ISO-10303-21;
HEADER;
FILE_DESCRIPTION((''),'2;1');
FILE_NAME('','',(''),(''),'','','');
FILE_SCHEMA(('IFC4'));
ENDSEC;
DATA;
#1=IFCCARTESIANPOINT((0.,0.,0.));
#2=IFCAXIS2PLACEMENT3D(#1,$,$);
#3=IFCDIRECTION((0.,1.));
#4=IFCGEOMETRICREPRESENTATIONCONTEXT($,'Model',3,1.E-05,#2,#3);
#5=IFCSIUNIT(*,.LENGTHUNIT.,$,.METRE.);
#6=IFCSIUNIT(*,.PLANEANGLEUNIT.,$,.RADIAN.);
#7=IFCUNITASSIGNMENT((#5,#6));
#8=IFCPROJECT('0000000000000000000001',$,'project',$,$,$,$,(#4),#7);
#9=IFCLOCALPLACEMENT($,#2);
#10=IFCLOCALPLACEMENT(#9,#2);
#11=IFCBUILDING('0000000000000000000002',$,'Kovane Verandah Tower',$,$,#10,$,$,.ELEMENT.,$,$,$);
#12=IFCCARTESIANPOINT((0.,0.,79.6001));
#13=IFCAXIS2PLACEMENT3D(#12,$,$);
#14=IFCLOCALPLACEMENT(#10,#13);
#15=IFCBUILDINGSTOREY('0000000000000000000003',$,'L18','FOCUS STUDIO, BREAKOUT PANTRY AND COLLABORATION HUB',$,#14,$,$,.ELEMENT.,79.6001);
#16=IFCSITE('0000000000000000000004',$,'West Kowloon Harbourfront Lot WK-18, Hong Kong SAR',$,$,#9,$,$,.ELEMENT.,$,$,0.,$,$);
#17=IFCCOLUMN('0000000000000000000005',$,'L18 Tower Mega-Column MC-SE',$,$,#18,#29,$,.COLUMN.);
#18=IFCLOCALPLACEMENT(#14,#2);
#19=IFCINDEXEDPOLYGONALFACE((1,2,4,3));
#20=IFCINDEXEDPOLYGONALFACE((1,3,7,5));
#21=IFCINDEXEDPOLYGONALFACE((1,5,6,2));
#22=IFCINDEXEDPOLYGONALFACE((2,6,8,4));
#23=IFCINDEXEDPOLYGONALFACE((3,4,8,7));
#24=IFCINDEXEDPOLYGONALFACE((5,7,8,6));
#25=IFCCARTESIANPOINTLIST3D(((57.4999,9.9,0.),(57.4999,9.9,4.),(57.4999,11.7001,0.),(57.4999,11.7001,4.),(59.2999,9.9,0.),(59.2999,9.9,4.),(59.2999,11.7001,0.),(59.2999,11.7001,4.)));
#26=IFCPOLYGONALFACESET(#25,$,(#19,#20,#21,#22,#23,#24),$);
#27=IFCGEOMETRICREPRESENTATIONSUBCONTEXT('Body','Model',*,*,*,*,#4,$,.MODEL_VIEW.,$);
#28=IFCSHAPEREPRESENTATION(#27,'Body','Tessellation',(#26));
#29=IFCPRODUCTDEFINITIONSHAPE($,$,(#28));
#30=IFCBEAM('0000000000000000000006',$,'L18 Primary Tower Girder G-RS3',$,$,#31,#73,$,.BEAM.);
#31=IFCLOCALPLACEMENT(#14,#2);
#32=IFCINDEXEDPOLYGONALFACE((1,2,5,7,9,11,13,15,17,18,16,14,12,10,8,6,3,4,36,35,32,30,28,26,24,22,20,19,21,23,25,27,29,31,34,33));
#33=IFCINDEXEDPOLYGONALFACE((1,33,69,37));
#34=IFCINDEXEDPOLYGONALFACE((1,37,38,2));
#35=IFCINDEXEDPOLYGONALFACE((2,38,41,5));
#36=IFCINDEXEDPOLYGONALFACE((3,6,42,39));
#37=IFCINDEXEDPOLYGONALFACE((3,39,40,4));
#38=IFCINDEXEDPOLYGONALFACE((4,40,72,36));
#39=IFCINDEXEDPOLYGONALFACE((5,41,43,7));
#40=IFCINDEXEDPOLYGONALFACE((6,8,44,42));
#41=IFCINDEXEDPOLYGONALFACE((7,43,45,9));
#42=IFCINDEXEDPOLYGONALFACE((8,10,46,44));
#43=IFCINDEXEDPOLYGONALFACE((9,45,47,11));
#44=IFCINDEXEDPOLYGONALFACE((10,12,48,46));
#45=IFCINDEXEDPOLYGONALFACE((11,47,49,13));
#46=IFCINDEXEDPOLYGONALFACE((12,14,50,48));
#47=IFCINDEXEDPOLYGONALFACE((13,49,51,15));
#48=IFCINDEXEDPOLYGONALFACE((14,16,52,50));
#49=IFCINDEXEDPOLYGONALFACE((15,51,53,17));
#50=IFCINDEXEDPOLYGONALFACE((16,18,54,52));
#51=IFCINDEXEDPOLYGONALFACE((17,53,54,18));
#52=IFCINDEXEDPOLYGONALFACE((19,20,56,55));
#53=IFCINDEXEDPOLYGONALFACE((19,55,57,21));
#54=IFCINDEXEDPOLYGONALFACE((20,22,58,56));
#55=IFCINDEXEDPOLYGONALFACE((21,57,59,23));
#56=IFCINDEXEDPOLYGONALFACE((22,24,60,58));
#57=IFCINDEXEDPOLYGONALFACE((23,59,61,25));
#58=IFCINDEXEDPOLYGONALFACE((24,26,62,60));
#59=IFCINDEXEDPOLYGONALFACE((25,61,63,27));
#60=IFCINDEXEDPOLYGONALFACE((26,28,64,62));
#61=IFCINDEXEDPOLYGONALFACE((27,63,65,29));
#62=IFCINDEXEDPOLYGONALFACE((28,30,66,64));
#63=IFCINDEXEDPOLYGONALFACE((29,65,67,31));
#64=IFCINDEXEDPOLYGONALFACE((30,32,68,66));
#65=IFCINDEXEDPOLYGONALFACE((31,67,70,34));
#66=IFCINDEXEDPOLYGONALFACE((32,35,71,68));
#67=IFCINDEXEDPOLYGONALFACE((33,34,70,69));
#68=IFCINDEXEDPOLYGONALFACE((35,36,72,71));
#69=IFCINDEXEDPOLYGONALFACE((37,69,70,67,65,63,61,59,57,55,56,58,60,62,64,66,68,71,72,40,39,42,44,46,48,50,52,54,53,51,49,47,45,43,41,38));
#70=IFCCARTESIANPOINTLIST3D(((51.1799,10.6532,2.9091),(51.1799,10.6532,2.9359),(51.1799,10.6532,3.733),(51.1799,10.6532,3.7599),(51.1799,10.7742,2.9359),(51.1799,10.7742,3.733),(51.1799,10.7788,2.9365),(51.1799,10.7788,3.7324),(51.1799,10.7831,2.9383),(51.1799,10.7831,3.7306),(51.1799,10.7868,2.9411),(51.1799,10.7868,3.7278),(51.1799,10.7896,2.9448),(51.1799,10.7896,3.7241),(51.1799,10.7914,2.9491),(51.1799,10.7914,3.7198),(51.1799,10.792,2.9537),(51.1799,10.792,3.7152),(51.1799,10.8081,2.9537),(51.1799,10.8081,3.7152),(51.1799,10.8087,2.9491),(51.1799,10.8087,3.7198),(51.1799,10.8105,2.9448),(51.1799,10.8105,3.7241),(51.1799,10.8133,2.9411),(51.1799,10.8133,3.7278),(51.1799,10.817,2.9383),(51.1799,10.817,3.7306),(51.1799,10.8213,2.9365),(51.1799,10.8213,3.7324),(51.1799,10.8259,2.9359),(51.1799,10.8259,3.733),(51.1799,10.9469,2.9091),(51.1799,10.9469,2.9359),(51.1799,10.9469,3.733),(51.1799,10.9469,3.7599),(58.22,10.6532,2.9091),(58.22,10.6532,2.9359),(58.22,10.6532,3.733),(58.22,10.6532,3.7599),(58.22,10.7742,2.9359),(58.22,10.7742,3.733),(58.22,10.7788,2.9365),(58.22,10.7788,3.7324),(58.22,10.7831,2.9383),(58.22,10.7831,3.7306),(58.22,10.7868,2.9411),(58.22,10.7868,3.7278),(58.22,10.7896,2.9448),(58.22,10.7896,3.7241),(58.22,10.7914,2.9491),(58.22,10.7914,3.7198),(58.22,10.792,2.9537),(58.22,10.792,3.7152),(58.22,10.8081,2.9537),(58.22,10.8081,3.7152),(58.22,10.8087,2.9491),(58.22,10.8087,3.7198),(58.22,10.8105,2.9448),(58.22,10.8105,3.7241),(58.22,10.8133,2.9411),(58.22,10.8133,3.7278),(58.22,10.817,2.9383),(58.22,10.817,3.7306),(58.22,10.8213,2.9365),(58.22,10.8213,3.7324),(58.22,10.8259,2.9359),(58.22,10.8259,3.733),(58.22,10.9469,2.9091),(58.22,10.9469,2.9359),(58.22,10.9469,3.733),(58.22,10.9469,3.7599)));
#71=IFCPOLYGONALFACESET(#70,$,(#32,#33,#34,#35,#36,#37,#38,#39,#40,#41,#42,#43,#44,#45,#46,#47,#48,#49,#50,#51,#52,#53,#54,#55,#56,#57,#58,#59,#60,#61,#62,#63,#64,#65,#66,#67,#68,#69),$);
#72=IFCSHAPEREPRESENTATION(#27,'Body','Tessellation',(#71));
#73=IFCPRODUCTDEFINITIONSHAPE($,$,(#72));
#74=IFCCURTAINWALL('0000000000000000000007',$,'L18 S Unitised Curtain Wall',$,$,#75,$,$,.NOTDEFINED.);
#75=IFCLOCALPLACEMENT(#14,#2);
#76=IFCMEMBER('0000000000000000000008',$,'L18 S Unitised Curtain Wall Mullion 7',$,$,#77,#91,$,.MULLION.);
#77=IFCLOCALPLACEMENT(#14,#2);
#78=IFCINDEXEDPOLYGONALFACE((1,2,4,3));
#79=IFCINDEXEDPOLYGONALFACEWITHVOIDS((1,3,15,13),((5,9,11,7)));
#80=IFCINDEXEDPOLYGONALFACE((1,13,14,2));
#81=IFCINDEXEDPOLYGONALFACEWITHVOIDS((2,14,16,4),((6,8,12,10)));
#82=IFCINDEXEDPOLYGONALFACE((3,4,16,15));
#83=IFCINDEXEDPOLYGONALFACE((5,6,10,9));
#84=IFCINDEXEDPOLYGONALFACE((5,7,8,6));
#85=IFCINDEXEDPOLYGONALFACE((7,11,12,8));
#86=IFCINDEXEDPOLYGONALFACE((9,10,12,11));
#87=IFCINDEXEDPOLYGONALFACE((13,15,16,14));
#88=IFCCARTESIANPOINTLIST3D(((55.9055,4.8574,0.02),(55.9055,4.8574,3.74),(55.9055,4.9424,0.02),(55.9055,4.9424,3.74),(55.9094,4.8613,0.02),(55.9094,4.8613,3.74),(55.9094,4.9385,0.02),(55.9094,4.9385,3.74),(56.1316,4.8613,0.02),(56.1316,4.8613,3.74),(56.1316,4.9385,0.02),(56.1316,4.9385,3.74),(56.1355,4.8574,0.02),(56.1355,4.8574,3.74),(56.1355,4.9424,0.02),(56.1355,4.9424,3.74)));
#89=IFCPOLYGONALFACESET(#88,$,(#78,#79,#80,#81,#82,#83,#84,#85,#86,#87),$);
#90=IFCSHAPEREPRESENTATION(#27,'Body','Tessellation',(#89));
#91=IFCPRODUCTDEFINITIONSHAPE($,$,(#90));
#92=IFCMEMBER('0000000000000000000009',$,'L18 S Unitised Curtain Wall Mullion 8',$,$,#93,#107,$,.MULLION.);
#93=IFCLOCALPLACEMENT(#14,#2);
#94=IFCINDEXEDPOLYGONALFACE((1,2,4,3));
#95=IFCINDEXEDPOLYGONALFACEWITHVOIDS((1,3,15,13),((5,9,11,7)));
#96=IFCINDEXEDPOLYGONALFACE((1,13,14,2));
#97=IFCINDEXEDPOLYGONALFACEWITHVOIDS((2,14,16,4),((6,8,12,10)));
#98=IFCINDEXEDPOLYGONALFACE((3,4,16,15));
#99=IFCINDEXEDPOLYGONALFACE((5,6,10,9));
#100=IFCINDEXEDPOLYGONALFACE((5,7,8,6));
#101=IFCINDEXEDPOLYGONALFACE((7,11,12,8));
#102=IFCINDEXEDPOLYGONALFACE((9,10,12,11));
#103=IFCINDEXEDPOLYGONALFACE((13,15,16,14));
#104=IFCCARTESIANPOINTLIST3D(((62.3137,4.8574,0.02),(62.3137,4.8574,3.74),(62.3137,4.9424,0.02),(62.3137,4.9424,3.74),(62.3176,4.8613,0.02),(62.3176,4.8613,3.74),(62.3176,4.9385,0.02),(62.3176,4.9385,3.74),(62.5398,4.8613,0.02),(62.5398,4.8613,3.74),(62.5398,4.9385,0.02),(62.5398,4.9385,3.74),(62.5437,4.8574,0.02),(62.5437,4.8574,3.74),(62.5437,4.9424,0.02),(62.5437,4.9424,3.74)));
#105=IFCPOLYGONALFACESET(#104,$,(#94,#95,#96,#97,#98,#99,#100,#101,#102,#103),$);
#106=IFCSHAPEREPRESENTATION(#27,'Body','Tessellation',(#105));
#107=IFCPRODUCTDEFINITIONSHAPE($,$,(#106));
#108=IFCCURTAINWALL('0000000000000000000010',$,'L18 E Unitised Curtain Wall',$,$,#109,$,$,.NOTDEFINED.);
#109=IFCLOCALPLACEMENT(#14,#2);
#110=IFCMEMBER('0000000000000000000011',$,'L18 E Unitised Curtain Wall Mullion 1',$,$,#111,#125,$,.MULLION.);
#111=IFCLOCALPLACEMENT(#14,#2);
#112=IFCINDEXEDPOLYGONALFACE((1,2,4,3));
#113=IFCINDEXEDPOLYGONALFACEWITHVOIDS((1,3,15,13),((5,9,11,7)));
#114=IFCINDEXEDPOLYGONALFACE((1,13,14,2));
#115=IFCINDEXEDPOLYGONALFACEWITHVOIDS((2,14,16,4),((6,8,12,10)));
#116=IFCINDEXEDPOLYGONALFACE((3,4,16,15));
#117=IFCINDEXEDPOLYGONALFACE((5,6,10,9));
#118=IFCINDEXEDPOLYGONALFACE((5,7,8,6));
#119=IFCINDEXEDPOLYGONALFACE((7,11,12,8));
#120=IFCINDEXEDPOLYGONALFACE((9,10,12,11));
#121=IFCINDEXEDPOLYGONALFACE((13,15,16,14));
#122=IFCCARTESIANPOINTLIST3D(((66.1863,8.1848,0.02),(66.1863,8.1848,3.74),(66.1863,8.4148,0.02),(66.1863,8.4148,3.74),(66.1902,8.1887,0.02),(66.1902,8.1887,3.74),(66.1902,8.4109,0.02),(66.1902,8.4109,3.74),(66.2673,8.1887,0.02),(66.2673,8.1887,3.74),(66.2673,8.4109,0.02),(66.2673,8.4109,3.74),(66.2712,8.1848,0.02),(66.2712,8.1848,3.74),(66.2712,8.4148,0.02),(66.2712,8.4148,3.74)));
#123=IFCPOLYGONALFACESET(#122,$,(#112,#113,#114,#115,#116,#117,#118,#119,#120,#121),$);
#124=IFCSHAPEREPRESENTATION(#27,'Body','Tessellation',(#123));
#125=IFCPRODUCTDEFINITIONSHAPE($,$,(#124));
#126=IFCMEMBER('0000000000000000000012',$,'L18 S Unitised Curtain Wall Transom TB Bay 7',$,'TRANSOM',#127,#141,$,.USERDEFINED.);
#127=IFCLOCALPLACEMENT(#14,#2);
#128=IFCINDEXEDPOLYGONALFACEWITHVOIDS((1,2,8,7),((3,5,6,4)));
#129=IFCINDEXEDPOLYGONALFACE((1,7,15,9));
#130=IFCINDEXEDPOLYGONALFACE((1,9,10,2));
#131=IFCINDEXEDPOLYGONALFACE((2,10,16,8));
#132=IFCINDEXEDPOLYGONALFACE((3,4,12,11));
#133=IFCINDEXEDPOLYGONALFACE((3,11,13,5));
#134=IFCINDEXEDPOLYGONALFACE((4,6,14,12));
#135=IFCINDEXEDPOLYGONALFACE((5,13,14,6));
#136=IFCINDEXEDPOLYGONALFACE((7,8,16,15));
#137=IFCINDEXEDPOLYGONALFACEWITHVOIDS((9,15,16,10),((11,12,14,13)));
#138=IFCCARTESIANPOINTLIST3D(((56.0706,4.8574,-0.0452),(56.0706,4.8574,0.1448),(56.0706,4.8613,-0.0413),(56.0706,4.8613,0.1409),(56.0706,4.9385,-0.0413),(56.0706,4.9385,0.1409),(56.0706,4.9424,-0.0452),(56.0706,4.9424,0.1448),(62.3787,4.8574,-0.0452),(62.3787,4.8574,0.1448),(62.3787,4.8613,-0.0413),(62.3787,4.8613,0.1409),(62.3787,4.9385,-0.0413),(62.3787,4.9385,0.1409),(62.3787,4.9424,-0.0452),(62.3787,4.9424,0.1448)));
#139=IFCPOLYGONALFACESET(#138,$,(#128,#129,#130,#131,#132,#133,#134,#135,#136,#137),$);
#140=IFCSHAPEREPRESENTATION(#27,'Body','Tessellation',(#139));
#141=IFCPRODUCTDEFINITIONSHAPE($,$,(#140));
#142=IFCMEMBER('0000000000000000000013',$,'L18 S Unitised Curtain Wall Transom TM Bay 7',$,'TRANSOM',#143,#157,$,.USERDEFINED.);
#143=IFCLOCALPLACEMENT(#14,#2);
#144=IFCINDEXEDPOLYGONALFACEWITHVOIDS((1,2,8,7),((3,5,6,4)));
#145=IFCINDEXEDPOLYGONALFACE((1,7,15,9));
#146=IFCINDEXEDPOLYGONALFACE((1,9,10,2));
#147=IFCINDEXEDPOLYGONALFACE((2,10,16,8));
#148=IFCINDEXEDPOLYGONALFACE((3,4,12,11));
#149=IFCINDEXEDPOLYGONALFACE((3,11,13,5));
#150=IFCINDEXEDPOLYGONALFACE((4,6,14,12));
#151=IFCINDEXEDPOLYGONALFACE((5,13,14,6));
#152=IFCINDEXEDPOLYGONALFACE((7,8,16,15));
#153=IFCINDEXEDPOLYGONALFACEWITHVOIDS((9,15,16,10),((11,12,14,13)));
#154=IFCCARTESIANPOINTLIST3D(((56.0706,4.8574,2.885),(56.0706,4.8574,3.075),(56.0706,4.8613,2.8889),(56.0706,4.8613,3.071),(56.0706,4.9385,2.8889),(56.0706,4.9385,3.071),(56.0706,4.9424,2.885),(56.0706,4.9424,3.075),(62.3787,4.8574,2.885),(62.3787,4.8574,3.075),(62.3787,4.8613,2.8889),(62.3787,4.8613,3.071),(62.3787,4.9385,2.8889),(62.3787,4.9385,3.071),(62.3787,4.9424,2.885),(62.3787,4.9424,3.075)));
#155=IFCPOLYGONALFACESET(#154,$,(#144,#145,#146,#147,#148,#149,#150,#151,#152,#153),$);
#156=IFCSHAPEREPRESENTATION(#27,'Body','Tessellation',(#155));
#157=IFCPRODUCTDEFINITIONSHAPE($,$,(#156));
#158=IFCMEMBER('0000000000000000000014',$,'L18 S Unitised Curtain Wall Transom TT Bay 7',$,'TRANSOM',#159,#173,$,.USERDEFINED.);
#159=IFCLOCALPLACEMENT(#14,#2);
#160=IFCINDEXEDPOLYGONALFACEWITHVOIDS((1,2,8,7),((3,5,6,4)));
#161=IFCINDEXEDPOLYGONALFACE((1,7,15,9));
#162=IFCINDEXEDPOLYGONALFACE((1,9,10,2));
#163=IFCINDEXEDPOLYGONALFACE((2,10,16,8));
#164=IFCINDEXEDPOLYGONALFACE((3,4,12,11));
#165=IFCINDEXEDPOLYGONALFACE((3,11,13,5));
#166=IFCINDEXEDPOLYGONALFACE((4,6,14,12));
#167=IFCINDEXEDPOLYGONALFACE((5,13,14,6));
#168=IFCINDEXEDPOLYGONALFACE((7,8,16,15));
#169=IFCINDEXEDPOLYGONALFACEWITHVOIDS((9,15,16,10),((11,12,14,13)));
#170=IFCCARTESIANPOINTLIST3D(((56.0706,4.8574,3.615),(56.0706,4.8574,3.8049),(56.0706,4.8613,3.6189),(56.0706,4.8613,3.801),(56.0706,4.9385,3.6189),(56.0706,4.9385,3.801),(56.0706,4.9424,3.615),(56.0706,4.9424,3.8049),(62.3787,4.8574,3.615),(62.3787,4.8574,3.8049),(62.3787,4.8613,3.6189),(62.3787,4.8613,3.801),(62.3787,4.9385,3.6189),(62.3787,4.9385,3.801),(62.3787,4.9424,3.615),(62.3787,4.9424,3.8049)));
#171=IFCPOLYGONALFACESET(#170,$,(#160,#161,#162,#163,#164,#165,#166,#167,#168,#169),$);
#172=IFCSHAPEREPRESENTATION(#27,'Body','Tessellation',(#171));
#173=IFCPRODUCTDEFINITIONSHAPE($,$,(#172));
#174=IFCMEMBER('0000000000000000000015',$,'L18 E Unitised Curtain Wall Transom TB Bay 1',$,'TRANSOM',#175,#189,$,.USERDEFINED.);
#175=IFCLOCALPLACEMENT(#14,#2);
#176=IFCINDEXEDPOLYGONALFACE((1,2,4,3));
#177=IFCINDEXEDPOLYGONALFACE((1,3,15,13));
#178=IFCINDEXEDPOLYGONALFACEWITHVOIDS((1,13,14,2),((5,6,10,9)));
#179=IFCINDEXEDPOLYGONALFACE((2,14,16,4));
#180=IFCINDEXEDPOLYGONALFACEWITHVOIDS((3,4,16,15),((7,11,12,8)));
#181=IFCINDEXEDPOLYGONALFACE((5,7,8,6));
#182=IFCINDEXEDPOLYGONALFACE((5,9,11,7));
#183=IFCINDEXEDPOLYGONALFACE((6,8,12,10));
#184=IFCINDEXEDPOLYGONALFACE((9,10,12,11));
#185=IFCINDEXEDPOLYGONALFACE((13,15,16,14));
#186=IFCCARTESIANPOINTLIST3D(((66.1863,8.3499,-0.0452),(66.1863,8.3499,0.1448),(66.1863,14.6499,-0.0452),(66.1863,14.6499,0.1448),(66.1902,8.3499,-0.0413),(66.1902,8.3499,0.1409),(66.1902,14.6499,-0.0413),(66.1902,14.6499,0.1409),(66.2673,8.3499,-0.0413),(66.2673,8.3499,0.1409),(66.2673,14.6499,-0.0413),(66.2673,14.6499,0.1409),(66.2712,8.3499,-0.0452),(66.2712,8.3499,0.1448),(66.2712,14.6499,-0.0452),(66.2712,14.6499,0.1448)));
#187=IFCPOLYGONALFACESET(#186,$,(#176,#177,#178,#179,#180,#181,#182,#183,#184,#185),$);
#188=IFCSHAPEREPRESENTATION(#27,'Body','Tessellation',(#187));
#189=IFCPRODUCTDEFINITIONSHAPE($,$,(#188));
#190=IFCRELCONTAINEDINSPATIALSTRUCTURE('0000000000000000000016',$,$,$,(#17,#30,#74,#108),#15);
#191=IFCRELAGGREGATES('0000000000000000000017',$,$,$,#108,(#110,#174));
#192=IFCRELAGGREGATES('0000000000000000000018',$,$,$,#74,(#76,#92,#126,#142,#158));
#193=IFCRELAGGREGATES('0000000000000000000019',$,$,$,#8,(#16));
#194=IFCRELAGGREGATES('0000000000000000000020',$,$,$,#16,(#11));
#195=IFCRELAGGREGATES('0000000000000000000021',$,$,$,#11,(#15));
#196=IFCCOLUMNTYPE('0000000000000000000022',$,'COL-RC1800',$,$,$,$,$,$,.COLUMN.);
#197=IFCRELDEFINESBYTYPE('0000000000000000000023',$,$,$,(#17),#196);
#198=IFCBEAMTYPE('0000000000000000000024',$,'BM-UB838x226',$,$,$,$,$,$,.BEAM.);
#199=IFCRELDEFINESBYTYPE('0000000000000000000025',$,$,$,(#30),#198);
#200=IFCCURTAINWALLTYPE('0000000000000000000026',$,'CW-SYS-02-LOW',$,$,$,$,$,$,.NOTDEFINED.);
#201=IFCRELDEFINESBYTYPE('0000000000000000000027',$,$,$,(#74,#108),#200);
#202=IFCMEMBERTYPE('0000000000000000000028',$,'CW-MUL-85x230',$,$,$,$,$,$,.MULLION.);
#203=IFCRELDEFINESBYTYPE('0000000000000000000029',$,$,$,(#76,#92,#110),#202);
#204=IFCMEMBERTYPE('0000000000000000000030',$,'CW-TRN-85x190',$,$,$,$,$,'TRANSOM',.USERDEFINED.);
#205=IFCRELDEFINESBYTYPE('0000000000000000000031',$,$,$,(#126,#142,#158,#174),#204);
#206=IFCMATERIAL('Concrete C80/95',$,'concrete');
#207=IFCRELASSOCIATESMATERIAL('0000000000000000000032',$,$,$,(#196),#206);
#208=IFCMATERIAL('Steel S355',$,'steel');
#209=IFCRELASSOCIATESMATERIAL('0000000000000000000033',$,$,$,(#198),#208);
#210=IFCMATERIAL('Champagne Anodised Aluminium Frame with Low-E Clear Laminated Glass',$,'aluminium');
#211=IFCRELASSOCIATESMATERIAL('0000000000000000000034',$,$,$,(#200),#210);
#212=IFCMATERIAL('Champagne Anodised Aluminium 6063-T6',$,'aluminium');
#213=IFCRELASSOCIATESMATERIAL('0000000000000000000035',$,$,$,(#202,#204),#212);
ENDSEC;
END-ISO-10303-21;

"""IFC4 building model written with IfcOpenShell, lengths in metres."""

from ifc_helpers import new_model, si_unit, direction, frame, origin, origin_2d, place, context, subcontext, project, spatial, rectangle, hollow_rectangle, i_section, extrude, material, material_profile, profile_set, type_object, element, aggregate, save


model = new_model("IFC4")

# Units and contexts
model_context = context("Model", 3, precision=1e-05, world=origin(), true_north=direction((0.0, 1.0)))
body_context = subcontext(model_context, "Body", "Model", "MODEL_VIEW")
ifc_project = project(units=[si_unit("LENGTHUNIT", "METRE"), si_unit("PLANEANGLEUNIT", "RADIAN")], contexts=[model_context])

# Site, building, storey
site_placement = place(None, origin())
site = spatial("IfcSite", under=ifc_project, at=site_placement, Name="West Kowloon Harbourfront Lot WK-18, Hong Kong SAR", CompositionType="ELEMENT", RefElevation=0.0)
building_placement = place(site_placement, origin())
building = spatial("IfcBuilding", under=site, at=building_placement, Name="Kovane Verandah Tower", CompositionType="ELEMENT")
storey_placement = place(building_placement, frame((0.0, 0.0, 79.6001)))
storey = spatial("IfcBuildingStorey", under=building, at=storey_placement, Name="L18", Description="FOCUS STUDIO, BREAKOUT PANTRY AND COLLABORATION HUB", CompositionType="ELEMENT", Elevation=79.6001)

# Column
ifc_material_1 = material(Name="Concrete C80/95", Category="concrete")
ifc_material_profile_1 = material_profile(ifc_material_1, rectangle(XDim=1.8, YDim=1.8, at=origin_2d()), Name="RC1800x1800")
ifc_profile_set_1 = profile_set([ifc_material_profile_1], Name="Concrete C80/95")
column_type = type_object("IfcColumnType", Name="COL-RC1800", PredefinedType="COLUMN", material=ifc_profile_set_1)
column_placement = place(storey_placement, frame((58.3999, 10.8, 0.0), z_axis=(0.0, 0.0, 1.0), x_axis=(1.0, 0.0, 0.0)))
element("IfcColumn", 1, at=column_placement, inside=storey, type_object=column_type, Name="L18 Tower Mega-Column MC-SE", PredefinedType="COLUMN", context=body_context, shape_type="SweptSolid", body=[
    extrude(rectangle(XDim=1.8, YDim=1.8, at=origin_2d()), origin(), (0.0, 0.0, 1.0), 4.0),
])

# Beam
ifc_material_2 = material(Name="Steel S355", Category="steel")
ifc_material_profile_2 = material_profile(ifc_material_2, i_section(OverallWidth=0.2937, OverallDepth=0.8508, WebThickness=0.0161, FlangeThickness=0.0269, FilletRadius=0.0178, at=origin_2d()), Name="UB838x292x226")
ifc_profile_set_2 = profile_set([ifc_material_profile_2], Name="Steel S355")
beam_type_1 = type_object("IfcBeamType", Name="BM-UB838x226", PredefinedType="BEAM", material=ifc_profile_set_2)
beam_1_placement = place(storey_placement, frame((51.1799, 10.8, 3.3345), z_axis=(1.0, 0.0, 0.0), x_axis=(0.0, 1.0, 0.0)))
element("IfcBeam", 2, at=beam_1_placement, inside=storey, type_object=beam_type_1, Name="L18 Primary Tower Girder G-RS3", PredefinedType="BEAM", context=body_context, shape_type="SweptSolid", body=[
    extrude(i_section(OverallWidth=0.2937, OverallDepth=0.8508, WebThickness=0.0161, FlangeThickness=0.0269, FilletRadius=0.0178, at=origin_2d()), origin(), (0.0, 0.0, 1.0), 7.04),
])

# Curtain wall, members
ifc_material_3 = material(Name="Champagne Anodised Aluminium Frame with Low-E Clear Laminated Glass", Category="aluminium")
curtain_wall_type = type_object("IfcCurtainWallType", Name="CW-SYS-02-LOW", PredefinedType="NOTDEFINED", material=ifc_material_3)
curtain_wall_1_placement = place(storey_placement, origin())
curtain_wall_1 = element("IfcCurtainWall", 3, at=curtain_wall_1_placement, inside=storey, type_object=curtain_wall_type, Name="L18 S Unitised Curtain Wall", PredefinedType="NOTDEFINED")
ifc_material_4 = material(Name="Champagne Anodised Aluminium 6063-T6", Category="aluminium")
ifc_material_profile_3 = material_profile(ifc_material_4, hollow_rectangle(XDim=0.085, YDim=0.23, WallThickness=0.0039, at=origin_2d()), Name="AL85x230x4")
ifc_profile_set_3 = profile_set([ifc_material_profile_3], Name="Champagne Anodised Aluminium 6063-T6")
member_type_1 = type_object("IfcMemberType", Name="CW-MUL-85x230", PredefinedType="MULLION", material=ifc_profile_set_3)
member_1_placement = place(storey_placement, frame((56.0205, 4.8999, 0.02), z_axis=(0.0, 0.0, 1.0), x_axis=(0.0, -1.0, 0.0)))
member_1 = element("IfcMember", 4, at=member_1_placement, type_object=member_type_1, Name="L18 S Unitised Curtain Wall Mullion 7", PredefinedType="MULLION", context=body_context, shape_type="SweptSolid", body=[
    extrude(hollow_rectangle(XDim=0.085, YDim=0.23, WallThickness=0.0039, at=origin_2d()), origin(), (0.0, 0.0, 1.0), 3.72),
])
member_2_placement = place(storey_placement, frame((62.4287, 4.8999, 0.02), z_axis=(0.0, 0.0, 1.0), x_axis=(0.0, -1.0, 0.0)))
member_2 = element("IfcMember", 5, at=member_2_placement, type_object=member_type_1, Name="L18 S Unitised Curtain Wall Mullion 8", PredefinedType="MULLION", context=body_context, shape_type="SweptSolid", body=[
    extrude(hollow_rectangle(XDim=0.085, YDim=0.23, WallThickness=0.0039, at=origin_2d()), origin(), (0.0, 0.0, 1.0), 3.72),
])

# Curtain wall, member
curtain_wall_2_placement = place(storey_placement, origin())
curtain_wall_2 = element("IfcCurtainWall", 6, at=curtain_wall_2_placement, inside=storey, type_object=curtain_wall_type, Name="L18 E Unitised Curtain Wall", PredefinedType="NOTDEFINED")
member_3_placement = place(storey_placement, frame((66.2288, 8.2998, 0.02), z_axis=(0.0, 0.0, 1.0), x_axis=(1.0, 0.0, 0.0)))
member_3 = element("IfcMember", 7, at=member_3_placement, type_object=member_type_1, Name="L18 E Unitised Curtain Wall Mullion 1", PredefinedType="MULLION", context=body_context, shape_type="SweptSolid", body=[
    extrude(hollow_rectangle(XDim=0.085, YDim=0.23, WallThickness=0.0039, at=origin_2d()), origin(), (0.0, 0.0, 1.0), 3.72),
])

# Members
ifc_material_profile_4 = material_profile(ifc_material_4, hollow_rectangle(XDim=0.085, YDim=0.1899, WallThickness=0.0039, at=origin_2d()), Name="AL85x190x4")
ifc_profile_set_4 = profile_set([ifc_material_profile_4], Name="Champagne Anodised Aluminium 6063-T6")
member_type_2 = type_object("IfcMemberType", Name="CW-TRN-85x190", ElementType="TRANSOM", PredefinedType="USERDEFINED", material=ifc_profile_set_4)
member_4_placement = place(storey_placement, frame((56.0706, 4.8999, 0.0498), z_axis=(1.0, 0.0, 0.0), x_axis=(0.0, 1.0, 0.0)))
member_4 = element("IfcMember", 8, at=member_4_placement, type_object=member_type_2, Name="L18 S Unitised Curtain Wall Transom TB Bay 7", ObjectType="TRANSOM", PredefinedType="USERDEFINED", context=body_context, shape_type="SweptSolid", body=[
    extrude(hollow_rectangle(XDim=0.085, YDim=0.1899, WallThickness=0.0039, at=origin_2d()), origin(), (0.0, 0.0, 1.0), 6.3081),
])
member_5_placement = place(storey_placement, frame((56.0706, 4.8999, 2.98), z_axis=(1.0, 0.0, 0.0), x_axis=(0.0, 1.0, 0.0)))
member_5 = element("IfcMember", 9, at=member_5_placement, type_object=member_type_2, Name="L18 S Unitised Curtain Wall Transom TM Bay 7", ObjectType="TRANSOM", PredefinedType="USERDEFINED", context=body_context, shape_type="SweptSolid", body=[
    extrude(hollow_rectangle(XDim=0.085, YDim=0.1899, WallThickness=0.0039, at=origin_2d()), origin(), (0.0, 0.0, 1.0), 6.3081),
])
member_6_placement = place(storey_placement, frame((56.0706, 4.8999, 3.71), z_axis=(1.0, 0.0, 0.0), x_axis=(0.0, 1.0, 0.0)))
member_6 = element("IfcMember", 10, at=member_6_placement, type_object=member_type_2, Name="L18 S Unitised Curtain Wall Transom TT Bay 7", ObjectType="TRANSOM", PredefinedType="USERDEFINED", context=body_context, shape_type="SweptSolid", body=[
    extrude(hollow_rectangle(XDim=0.085, YDim=0.1899, WallThickness=0.0039, at=origin_2d()), origin(), (0.0, 0.0, 1.0), 6.3081),
])
member_7_placement = place(storey_placement, frame((66.2288, 8.3499, 0.0498), z_axis=(0.0, 1.0, 0.0), x_axis=(-1.0, 0.0, 0.0)))
member_7 = element("IfcMember", 11, at=member_7_placement, type_object=member_type_2, Name="L18 E Unitised Curtain Wall Transom TB Bay 1", ObjectType="TRANSOM", PredefinedType="USERDEFINED", context=body_context, shape_type="SweptSolid", body=[
    extrude(hollow_rectangle(XDim=0.085, YDim=0.1899, WallThickness=0.0039, at=origin_2d()), origin(), (0.0, 0.0, 1.0), 6.3),
])
aggregate(curtain_wall_2, [member_3, member_7])

aggregate(curtain_wall_1, [member_1, member_2, member_4, member_5, member_6])

save(model, "model.ifc")
